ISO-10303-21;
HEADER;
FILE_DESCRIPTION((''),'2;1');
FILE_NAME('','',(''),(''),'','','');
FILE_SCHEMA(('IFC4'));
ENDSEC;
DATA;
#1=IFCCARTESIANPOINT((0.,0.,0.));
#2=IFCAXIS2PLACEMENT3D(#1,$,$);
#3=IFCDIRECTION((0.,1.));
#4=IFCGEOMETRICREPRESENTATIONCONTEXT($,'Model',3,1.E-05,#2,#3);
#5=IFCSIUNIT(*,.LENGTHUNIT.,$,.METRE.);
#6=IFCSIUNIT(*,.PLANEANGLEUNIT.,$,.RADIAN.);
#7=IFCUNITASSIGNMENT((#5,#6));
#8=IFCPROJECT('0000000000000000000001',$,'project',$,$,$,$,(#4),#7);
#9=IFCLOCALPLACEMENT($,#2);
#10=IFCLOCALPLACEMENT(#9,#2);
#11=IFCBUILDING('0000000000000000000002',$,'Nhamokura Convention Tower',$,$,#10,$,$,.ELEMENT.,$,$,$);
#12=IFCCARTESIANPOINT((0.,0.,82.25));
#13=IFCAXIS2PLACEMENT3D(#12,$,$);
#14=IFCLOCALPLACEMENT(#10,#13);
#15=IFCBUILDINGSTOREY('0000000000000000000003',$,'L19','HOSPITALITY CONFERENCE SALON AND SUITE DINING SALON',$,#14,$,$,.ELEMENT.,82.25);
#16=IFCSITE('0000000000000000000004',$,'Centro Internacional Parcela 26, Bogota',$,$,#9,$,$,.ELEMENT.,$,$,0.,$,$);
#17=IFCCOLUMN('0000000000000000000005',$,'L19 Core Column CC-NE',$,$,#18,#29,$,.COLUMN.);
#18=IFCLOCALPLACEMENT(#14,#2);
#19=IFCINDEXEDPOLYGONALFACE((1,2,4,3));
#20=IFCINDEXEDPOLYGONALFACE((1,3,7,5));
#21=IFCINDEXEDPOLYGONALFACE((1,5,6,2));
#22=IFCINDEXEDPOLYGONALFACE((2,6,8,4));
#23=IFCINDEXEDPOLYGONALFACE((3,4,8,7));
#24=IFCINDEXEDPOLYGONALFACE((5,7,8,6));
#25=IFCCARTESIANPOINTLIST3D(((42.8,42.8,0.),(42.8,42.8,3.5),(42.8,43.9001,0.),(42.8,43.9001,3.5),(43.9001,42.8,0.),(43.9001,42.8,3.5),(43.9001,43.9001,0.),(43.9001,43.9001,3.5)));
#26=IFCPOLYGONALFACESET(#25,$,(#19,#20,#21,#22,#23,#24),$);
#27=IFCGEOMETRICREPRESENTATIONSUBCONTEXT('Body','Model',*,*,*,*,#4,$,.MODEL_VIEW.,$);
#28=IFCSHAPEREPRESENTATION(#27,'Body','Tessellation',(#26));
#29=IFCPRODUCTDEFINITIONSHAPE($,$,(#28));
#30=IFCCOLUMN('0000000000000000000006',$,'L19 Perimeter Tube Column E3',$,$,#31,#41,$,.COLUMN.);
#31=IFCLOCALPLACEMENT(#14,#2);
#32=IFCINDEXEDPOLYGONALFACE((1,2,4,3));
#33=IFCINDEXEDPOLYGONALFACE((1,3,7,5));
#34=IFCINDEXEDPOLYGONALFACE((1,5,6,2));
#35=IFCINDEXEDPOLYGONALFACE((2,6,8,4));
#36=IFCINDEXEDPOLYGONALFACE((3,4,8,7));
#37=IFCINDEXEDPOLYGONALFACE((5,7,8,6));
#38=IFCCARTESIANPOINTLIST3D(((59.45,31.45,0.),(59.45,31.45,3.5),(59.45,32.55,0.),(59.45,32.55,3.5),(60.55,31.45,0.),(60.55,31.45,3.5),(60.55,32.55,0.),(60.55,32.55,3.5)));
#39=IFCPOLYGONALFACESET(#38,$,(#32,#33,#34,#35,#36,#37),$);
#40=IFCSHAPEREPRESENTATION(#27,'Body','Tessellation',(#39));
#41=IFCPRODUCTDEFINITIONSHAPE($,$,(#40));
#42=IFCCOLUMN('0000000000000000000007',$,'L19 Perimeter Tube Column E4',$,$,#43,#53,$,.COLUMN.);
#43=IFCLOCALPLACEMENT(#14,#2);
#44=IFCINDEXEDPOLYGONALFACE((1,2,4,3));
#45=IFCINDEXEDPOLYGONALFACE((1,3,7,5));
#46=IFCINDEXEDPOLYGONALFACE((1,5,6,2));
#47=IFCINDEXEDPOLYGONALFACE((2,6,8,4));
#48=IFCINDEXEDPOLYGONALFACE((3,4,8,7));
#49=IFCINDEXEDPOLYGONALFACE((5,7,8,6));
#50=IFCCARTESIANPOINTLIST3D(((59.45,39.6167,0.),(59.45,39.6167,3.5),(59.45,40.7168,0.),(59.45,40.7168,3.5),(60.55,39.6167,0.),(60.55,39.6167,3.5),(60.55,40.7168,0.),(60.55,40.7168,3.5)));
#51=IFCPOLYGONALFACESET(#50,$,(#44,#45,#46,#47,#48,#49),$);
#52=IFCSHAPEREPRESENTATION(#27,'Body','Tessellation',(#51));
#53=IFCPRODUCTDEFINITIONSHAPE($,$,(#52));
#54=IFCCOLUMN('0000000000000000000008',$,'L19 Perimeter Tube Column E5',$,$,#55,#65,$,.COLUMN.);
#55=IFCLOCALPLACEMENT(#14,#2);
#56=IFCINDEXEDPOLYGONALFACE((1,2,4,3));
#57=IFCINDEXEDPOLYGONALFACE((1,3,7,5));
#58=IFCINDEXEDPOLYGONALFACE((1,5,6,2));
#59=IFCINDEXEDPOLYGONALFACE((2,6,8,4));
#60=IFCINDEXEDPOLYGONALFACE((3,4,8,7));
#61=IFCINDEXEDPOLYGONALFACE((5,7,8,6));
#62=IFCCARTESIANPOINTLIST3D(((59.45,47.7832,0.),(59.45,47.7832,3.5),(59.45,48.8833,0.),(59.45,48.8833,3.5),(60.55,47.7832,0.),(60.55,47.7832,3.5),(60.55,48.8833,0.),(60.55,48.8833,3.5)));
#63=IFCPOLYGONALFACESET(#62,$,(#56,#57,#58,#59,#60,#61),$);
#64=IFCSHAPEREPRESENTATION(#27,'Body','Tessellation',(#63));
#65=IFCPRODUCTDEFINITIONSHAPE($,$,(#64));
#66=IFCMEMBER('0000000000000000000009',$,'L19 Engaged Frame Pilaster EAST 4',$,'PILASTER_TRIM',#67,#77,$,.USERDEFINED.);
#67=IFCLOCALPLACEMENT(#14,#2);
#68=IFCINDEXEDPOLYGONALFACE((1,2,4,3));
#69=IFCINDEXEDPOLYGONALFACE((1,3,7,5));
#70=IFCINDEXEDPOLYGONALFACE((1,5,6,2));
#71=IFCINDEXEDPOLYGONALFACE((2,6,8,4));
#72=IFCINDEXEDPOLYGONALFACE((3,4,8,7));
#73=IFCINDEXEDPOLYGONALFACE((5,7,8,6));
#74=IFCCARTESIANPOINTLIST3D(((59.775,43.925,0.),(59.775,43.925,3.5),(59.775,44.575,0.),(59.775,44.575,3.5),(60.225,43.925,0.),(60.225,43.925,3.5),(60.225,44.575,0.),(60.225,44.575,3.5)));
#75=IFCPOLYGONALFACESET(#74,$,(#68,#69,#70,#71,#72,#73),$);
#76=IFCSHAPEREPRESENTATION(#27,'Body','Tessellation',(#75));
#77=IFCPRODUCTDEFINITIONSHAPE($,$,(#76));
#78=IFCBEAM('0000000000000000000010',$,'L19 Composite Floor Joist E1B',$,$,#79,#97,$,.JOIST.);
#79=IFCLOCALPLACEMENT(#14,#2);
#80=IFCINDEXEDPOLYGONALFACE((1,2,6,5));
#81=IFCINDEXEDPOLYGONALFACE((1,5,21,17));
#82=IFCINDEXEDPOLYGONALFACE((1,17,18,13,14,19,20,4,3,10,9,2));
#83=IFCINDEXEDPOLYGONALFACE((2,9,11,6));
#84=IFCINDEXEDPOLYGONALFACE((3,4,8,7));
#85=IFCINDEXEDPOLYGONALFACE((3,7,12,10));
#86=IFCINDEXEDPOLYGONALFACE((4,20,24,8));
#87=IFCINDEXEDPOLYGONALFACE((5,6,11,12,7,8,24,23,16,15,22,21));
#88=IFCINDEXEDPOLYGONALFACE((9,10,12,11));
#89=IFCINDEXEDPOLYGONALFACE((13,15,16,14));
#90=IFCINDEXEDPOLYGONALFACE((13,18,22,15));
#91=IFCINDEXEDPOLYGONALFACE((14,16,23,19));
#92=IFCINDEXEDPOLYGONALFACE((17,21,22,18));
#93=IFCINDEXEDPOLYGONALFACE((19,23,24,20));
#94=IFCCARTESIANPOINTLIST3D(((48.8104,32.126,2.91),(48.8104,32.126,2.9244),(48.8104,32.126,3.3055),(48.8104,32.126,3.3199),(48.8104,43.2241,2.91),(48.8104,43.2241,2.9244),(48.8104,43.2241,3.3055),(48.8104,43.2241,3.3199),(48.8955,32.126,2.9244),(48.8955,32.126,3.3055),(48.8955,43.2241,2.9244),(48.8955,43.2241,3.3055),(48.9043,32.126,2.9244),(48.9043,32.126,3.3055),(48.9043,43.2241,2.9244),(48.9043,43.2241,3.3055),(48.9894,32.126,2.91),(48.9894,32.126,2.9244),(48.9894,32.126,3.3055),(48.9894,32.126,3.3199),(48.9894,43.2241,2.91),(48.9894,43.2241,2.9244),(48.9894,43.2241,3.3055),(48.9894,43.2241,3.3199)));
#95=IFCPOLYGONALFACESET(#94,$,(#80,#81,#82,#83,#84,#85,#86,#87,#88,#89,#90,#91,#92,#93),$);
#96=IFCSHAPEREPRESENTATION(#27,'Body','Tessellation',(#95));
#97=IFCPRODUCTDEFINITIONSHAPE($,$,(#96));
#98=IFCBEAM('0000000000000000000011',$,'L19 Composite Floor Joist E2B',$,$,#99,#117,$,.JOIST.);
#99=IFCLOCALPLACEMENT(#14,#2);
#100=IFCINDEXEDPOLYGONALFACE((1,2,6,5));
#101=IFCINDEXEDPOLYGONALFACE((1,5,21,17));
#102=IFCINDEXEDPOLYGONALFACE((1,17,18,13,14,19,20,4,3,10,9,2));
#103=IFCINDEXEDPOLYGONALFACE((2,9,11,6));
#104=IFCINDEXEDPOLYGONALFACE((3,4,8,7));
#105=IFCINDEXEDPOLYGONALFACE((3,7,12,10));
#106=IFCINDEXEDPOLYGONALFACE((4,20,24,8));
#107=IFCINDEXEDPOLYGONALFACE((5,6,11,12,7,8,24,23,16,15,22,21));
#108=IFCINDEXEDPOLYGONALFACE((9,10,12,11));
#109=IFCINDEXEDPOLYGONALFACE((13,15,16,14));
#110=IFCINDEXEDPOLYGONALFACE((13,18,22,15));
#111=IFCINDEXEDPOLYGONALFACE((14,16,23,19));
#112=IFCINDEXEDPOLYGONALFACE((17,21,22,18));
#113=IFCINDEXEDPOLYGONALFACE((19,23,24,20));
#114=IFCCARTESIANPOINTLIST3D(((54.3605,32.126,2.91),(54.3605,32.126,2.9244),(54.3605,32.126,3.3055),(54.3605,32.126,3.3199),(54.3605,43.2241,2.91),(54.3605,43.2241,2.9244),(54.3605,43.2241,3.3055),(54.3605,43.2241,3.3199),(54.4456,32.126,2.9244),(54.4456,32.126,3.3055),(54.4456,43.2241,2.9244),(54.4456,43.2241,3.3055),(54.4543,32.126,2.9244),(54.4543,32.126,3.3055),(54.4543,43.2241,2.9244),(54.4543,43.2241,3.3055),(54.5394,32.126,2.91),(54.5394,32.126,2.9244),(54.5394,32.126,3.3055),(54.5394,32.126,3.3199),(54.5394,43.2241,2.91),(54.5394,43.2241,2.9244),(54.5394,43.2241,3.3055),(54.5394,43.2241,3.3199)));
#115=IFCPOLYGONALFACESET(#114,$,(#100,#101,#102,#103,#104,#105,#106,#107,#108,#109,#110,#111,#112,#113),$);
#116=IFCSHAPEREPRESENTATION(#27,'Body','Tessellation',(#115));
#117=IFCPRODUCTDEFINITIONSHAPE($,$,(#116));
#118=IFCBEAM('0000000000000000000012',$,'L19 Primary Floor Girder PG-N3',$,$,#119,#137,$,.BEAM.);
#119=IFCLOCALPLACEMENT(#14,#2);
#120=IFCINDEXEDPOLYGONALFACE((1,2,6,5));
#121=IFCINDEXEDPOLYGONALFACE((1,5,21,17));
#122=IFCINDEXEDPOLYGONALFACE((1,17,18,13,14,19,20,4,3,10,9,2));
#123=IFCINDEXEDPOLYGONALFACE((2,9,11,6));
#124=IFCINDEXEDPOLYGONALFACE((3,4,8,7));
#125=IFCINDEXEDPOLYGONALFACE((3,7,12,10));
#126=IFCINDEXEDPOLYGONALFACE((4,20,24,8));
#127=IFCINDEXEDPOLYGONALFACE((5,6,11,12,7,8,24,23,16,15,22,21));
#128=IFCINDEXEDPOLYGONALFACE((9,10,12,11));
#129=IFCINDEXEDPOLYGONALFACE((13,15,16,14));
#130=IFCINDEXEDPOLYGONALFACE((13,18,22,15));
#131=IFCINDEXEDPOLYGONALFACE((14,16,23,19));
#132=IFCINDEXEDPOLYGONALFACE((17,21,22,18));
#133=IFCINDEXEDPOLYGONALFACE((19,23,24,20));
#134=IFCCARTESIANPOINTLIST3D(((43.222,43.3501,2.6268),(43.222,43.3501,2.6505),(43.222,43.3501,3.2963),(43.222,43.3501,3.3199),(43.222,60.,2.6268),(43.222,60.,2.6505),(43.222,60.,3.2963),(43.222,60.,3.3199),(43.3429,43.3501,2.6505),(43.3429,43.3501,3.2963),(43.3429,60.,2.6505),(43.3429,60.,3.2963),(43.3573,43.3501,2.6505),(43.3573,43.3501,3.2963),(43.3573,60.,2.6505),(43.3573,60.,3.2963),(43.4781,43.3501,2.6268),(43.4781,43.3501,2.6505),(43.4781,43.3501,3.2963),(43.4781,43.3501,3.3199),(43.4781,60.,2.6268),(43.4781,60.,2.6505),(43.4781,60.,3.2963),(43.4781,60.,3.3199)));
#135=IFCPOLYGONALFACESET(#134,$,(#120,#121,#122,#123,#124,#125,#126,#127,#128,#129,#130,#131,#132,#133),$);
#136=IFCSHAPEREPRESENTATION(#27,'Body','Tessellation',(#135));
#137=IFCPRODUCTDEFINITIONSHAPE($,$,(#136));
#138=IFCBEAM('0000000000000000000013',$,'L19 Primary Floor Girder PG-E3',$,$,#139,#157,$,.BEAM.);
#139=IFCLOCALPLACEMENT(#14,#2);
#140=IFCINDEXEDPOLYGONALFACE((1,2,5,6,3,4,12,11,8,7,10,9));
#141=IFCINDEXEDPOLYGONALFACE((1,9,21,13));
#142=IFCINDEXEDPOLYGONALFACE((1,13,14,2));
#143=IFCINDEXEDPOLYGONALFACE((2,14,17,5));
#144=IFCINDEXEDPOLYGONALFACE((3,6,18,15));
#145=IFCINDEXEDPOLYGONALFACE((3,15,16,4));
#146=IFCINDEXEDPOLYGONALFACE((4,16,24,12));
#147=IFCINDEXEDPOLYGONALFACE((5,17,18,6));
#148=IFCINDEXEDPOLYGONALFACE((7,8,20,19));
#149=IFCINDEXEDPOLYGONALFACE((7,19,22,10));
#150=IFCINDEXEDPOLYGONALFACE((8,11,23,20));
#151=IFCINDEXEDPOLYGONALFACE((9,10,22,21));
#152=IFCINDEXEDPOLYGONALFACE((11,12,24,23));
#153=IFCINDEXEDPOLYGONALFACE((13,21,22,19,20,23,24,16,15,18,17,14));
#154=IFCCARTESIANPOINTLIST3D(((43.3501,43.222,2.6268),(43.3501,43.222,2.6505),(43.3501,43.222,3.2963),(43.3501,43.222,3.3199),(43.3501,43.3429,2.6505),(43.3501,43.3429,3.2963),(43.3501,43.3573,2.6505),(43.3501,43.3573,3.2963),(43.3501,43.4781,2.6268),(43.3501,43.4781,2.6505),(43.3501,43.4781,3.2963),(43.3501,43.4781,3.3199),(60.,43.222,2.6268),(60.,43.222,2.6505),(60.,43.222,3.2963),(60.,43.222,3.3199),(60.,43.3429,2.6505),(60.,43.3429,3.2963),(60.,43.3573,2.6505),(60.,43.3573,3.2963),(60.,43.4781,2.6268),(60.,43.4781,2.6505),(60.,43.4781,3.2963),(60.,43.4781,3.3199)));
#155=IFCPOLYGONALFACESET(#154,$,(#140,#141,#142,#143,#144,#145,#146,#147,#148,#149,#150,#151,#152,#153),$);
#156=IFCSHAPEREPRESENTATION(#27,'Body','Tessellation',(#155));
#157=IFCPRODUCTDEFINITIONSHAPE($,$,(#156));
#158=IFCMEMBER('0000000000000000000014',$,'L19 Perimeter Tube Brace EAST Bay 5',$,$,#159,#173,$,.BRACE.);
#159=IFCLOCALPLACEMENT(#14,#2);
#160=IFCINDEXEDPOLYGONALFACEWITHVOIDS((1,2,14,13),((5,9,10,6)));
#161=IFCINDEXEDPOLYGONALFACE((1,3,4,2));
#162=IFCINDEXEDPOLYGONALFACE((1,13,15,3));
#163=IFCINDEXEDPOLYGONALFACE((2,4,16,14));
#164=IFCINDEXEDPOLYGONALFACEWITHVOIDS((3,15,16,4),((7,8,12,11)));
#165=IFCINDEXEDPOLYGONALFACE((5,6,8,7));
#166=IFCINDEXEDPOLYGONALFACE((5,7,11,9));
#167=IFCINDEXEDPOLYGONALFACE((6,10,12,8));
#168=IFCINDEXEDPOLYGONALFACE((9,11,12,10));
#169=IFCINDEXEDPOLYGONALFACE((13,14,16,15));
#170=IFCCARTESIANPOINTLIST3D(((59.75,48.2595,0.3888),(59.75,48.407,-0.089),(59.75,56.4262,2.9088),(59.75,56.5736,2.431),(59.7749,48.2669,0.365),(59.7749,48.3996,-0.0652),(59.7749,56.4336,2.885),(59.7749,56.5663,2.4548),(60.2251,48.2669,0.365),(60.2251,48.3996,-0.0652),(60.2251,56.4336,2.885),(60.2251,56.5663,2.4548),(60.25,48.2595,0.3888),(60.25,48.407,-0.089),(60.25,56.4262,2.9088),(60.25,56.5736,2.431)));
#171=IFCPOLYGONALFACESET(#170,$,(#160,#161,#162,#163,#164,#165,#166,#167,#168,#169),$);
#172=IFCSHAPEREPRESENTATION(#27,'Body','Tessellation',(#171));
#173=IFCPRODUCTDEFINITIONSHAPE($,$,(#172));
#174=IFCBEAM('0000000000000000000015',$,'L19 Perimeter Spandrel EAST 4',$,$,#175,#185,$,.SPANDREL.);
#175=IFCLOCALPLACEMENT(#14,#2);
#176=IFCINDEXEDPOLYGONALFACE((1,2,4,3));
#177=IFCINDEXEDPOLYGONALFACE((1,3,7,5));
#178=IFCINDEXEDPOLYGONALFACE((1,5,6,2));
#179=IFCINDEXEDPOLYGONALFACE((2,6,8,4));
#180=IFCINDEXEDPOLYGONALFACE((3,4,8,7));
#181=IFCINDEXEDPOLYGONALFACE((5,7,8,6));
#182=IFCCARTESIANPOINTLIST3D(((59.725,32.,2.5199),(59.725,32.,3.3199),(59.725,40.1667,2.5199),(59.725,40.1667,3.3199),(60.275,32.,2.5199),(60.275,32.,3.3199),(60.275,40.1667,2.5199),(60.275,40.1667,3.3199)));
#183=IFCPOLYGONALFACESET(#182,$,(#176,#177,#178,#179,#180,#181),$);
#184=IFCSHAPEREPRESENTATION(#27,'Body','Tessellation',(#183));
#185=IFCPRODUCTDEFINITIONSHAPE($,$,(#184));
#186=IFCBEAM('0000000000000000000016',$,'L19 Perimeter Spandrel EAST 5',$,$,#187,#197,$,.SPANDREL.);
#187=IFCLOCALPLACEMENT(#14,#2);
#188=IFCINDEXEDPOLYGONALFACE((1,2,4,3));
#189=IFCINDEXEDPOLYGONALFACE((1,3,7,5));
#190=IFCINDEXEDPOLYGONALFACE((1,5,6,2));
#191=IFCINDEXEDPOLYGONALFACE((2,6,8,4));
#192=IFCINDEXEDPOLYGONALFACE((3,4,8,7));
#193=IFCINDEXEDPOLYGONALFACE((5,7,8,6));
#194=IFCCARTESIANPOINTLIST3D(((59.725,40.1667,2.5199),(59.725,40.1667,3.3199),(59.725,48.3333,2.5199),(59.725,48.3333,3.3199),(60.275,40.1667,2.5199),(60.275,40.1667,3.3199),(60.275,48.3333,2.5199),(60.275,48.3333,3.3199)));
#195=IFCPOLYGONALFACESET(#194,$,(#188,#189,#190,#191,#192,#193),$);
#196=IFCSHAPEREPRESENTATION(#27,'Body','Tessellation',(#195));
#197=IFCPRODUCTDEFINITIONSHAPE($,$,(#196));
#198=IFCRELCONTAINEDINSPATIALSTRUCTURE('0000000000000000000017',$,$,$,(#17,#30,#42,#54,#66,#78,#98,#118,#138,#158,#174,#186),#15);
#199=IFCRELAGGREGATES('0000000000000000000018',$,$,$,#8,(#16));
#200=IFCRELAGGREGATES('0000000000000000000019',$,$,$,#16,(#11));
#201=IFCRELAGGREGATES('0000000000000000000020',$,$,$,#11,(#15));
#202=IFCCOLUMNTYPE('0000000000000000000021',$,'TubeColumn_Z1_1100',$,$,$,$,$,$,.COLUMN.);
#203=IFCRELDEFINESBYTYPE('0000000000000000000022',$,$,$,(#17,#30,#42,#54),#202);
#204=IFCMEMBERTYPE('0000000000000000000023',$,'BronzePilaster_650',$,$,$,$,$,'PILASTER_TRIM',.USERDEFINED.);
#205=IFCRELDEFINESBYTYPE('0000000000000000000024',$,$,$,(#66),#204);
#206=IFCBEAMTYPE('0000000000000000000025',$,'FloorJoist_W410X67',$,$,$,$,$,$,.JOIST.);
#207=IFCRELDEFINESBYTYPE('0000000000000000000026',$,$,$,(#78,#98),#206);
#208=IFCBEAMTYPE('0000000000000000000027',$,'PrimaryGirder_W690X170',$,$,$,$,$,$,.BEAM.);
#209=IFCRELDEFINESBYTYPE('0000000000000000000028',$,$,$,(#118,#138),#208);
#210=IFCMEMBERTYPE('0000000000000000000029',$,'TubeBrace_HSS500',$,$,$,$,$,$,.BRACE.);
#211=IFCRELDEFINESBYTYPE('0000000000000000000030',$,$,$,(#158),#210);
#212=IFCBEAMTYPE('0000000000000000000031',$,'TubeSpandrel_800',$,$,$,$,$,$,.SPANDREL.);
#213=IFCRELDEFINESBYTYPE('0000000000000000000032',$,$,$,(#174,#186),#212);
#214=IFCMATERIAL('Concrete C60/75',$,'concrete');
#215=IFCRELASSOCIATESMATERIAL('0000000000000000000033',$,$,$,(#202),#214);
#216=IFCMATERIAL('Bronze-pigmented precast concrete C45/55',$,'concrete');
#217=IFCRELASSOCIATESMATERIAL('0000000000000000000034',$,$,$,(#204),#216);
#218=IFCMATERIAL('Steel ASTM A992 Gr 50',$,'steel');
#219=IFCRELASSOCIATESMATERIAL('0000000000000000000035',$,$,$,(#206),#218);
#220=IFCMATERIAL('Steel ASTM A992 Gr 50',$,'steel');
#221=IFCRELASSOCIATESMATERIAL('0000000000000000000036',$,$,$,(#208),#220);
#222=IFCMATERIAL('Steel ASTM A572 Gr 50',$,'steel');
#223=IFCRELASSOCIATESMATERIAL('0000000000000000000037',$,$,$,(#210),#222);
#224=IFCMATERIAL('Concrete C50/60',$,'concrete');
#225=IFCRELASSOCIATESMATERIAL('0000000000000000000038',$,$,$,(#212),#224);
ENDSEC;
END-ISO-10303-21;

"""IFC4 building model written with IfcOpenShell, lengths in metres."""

from ifc_helpers import new_model, si_unit, direction, frame, origin, origin_2d, place, context, subcontext, project, spatial, rectangle, hollow_rectangle, i_section, extrude, material, material_profile, profile_set, type_object, element, save


model = new_model("IFC4")

# Units and contexts
model_context = context("Model", 3, precision=1e-05, world=origin(), true_north=direction((0.0, 1.0)))
body_context = subcontext(model_context, "Body", "Model", "MODEL_VIEW")
ifc_project = project(units=[si_unit("LENGTHUNIT", "METRE"), si_unit("PLANEANGLEUNIT", "RADIAN")], contexts=[model_context])

# Site, building, storey
site_placement = place(None, origin())
site = spatial("IfcSite", under=ifc_project, at=site_placement, Name="Centro Internacional Parcela 26, Bogota", CompositionType="ELEMENT", RefElevation=0.0)
building_placement = place(site_placement, origin())
building = spatial("IfcBuilding", under=site, at=building_placement, Name="Nhamokura Convention Tower", CompositionType="ELEMENT")
storey_placement = place(building_placement, frame((0.0, 0.0, 82.25)))
storey = spatial("IfcBuildingStorey", under=building, at=storey_placement, Name="L19", Description="HOSPITALITY CONFERENCE SALON AND SUITE DINING SALON", CompositionType="ELEMENT", Elevation=82.25)

# Columns
ifc_material_1 = material(Name="Concrete C60/75", Category="concrete")
ifc_material_profile_1 = material_profile(ifc_material_1, rectangle(XDim=1.1001, YDim=1.1001, at=origin_2d()))
ifc_profile_set_1 = profile_set([ifc_material_profile_1], Name="Concrete C60/75")
column_type = type_object("IfcColumnType", Name="TubeColumn_Z1_1100", PredefinedType="COLUMN", material=ifc_profile_set_1)
for number, where, z_axis, x_axis, name in (
    (1, (43.3501, 43.3501, 0.0), (0.0, 0.0, 1.0), (1.0, 0.0, 0.0), "L19 Core Column CC-NE"),
    (2, (60.0, 32.0, 0.0), (0.0, 0.0, 1.0), (1.0, 0.0, 0.0), "L19 Perimeter Tube Column E3"),
    (3, (60.0, 40.1667, 0.0), (0.0, 0.0, 1.0), (1.0, 0.0, 0.0), "L19 Perimeter Tube Column E4"),
    (4, (60.0, 48.3333, 0.0), (0.0, 0.0, 1.0), (1.0, 0.0, 0.0), "L19 Perimeter Tube Column E5"),
):
    element("IfcColumn", number, at=place(storey_placement, frame(where, z_axis=z_axis, x_axis=x_axis)), inside=storey, type_object=column_type, Name=name, PredefinedType="COLUMN", context=body_context, shape_type="SweptSolid", body=[
        extrude(rectangle(XDim=1.1001, YDim=1.1001, at=origin_2d()), origin(), (0.0, 0.0, 1.0), 3.5),
    ])

# Member
ifc_material_2 = material(Name="Bronze-pigmented precast concrete C45/55", Category="concrete")
ifc_material_profile_2 = material_profile(ifc_material_2, rectangle(XDim=0.45, YDim=0.6499, at=origin_2d()))
ifc_profile_set_2 = profile_set([ifc_material_profile_2], Name="Bronze-pigmented precast concrete C45/55")
member_type_1 = type_object("IfcMemberType", Name="BronzePilaster_650", ElementType="PILASTER_TRIM", PredefinedType="USERDEFINED", material=ifc_profile_set_2)
member_1_placement = place(storey_placement, frame((60.0, 44.25, 0.0), z_axis=(0.0, 0.0, 1.0), x_axis=(1.0, 0.0, 0.0)))
element("IfcMember", 5, at=member_1_placement, inside=storey, type_object=member_type_1, Name="L19 Engaged Frame Pilaster EAST 4", ObjectType="PILASTER_TRIM", PredefinedType="USERDEFINED", context=body_context, shape_type="SweptSolid", body=[
    extrude(rectangle(XDim=0.45, YDim=0.6499, at=origin_2d()), origin(), (0.0, 0.0, 1.0), 3.5),
])

# Beams
ifc_material_3 = material(Name="Steel ASTM A992 Gr 50", Category="steel")
ifc_material_profile_3 = material_profile(ifc_material_3, i_section(OverallWidth=0.179, OverallDepth=0.4099, WebThickness=0.0088, FlangeThickness=0.0144, at=origin_2d()))
ifc_profile_set_3 = profile_set([ifc_material_profile_3], Name="Steel ASTM A992 Gr 50")
beam_type_1 = type_object("IfcBeamType", Name="FloorJoist_W410X67", PredefinedType="JOIST", material=ifc_profile_set_3)
for number, where, z_axis, x_axis, name in (
    (6, (48.8999, 32.126, 3.115), (0.0, 1.0, 0.0), (-1.0, 0.0, 0.0), "L19 Composite Floor Joist E1B"),
    (7, (54.45, 32.126, 3.115), (0.0, 1.0, 0.0), (-1.0, 0.0, 0.0), "L19 Composite Floor Joist E2B"),
):
    element("IfcBeam", number, at=place(storey_placement, frame(where, z_axis=z_axis, x_axis=x_axis)), inside=storey, type_object=beam_type_1, Name=name, PredefinedType="JOIST", context=body_context, shape_type="SweptSolid", body=[
        extrude(i_section(OverallWidth=0.179, OverallDepth=0.4099, WebThickness=0.0088, FlangeThickness=0.0144, at=origin_2d()), origin(), (0.0, 0.0, 1.0), 11.0981),
    ])
ifc_material_4 = material(Name="Steel ASTM A992 Gr 50", Category="steel")
ifc_material_profile_4 = material_profile(ifc_material_4, i_section(OverallWidth=0.2561, OverallDepth=0.6931, WebThickness=0.0144, FlangeThickness=0.0237, at=origin_2d()))
ifc_profile_set_4 = profile_set([ifc_material_profile_4], Name="Steel ASTM A992 Gr 50")
beam_type_2 = type_object("IfcBeamType", Name="PrimaryGirder_W690X170", PredefinedType="BEAM", material=ifc_profile_set_4)
for number, where, z_axis, x_axis, name in (
    (8, (43.3501, 43.3501, 2.9734), (0.0, 1.0, 0.0), (-1.0, 0.0, 0.0), "L19 Primary Floor Girder PG-N3"),
    (9, (43.3501, 43.3501, 2.9734), (1.0, 0.0, 0.0), (0.0, 1.0, 0.0), "L19 Primary Floor Girder PG-E3"),
):
    element("IfcBeam", number, at=place(storey_placement, frame(where, z_axis=z_axis, x_axis=x_axis)), inside=storey, type_object=beam_type_2, Name=name, PredefinedType="BEAM", context=body_context, shape_type="SweptSolid", body=[
        extrude(i_section(OverallWidth=0.2561, OverallDepth=0.6931, WebThickness=0.0144, FlangeThickness=0.0237, at=origin_2d()), origin(), (0.0, 0.0, 1.0), 16.6499),
    ])

# Member
ifc_material_5 = material(Name="Steel ASTM A572 Gr 50", Category="steel")
ifc_material_profile_5 = material_profile(ifc_material_5, hollow_rectangle(XDim=0.5, YDim=0.5, WallThickness=0.0249, at=origin_2d()))
ifc_profile_set_5 = profile_set([ifc_material_profile_5], Name="Steel ASTM A572 Gr 50")
member_type_2 = type_object("IfcMemberType", Name="TubeBrace_HSS500", PredefinedType="BRACE", material=ifc_profile_set_5)
member_2_placement = place(storey_placement, frame((60.0, 48.3333, 0.1499), z_axis=(0.0, 0.955543, 0.294853), x_axis=(-1.0, 0.0, 0.0)))
element("IfcMember", 10, at=member_2_placement, inside=storey, type_object=member_type_2, Name="L19 Perimeter Tube Brace EAST Bay 5", PredefinedType="BRACE", context=body_context, shape_type="SweptSolid", body=[
    extrude(hollow_rectangle(XDim=0.5, YDim=0.5, WallThickness=0.0249, at=origin_2d()), origin(), (0.0, 0.0, 1.0), 8.5466),
])

# Beams
ifc_material_6 = material(Name="Concrete C50/60", Category="concrete")
ifc_material_profile_6 = material_profile(ifc_material_6, rectangle(XDim=0.55, YDim=0.8, at=origin_2d()))
ifc_profile_set_6 = profile_set([ifc_material_profile_6], Name="Concrete C50/60")
beam_type_3 = type_object("IfcBeamType", Name="TubeSpandrel_800", PredefinedType="SPANDREL", material=ifc_profile_set_6)
beam_1_placement = place(storey_placement, frame((60.0, 32.0, 2.9199), z_axis=(0.0, 1.0, 0.0), x_axis=(-1.0, 0.0, 0.0)))
element("IfcBeam", 11, at=beam_1_placement, inside=storey, type_object=beam_type_3, Name="L19 Perimeter Spandrel EAST 4", PredefinedType="SPANDREL", context=body_context, shape_type="SweptSolid", body=[
    extrude(rectangle(XDim=0.55, YDim=0.8, at=origin_2d()), origin(), (0.0, 0.0, 1.0), 8.1667),
])
beam_2_placement = place(storey_placement, frame((60.0, 40.1667, 2.9199), z_axis=(0.0, 1.0, 0.0), x_axis=(-1.0, 0.0, 0.0)))
element("IfcBeam", 12, at=beam_2_placement, inside=storey, type_object=beam_type_3, Name="L19 Perimeter Spandrel EAST 5", PredefinedType="SPANDREL", context=body_context, shape_type="SweptSolid", body=[
    extrude(rectangle(XDim=0.55, YDim=0.8, at=origin_2d()), origin(), (0.0, 0.0, 1.0), 8.1665),
])

save(model, "model.ifc")
